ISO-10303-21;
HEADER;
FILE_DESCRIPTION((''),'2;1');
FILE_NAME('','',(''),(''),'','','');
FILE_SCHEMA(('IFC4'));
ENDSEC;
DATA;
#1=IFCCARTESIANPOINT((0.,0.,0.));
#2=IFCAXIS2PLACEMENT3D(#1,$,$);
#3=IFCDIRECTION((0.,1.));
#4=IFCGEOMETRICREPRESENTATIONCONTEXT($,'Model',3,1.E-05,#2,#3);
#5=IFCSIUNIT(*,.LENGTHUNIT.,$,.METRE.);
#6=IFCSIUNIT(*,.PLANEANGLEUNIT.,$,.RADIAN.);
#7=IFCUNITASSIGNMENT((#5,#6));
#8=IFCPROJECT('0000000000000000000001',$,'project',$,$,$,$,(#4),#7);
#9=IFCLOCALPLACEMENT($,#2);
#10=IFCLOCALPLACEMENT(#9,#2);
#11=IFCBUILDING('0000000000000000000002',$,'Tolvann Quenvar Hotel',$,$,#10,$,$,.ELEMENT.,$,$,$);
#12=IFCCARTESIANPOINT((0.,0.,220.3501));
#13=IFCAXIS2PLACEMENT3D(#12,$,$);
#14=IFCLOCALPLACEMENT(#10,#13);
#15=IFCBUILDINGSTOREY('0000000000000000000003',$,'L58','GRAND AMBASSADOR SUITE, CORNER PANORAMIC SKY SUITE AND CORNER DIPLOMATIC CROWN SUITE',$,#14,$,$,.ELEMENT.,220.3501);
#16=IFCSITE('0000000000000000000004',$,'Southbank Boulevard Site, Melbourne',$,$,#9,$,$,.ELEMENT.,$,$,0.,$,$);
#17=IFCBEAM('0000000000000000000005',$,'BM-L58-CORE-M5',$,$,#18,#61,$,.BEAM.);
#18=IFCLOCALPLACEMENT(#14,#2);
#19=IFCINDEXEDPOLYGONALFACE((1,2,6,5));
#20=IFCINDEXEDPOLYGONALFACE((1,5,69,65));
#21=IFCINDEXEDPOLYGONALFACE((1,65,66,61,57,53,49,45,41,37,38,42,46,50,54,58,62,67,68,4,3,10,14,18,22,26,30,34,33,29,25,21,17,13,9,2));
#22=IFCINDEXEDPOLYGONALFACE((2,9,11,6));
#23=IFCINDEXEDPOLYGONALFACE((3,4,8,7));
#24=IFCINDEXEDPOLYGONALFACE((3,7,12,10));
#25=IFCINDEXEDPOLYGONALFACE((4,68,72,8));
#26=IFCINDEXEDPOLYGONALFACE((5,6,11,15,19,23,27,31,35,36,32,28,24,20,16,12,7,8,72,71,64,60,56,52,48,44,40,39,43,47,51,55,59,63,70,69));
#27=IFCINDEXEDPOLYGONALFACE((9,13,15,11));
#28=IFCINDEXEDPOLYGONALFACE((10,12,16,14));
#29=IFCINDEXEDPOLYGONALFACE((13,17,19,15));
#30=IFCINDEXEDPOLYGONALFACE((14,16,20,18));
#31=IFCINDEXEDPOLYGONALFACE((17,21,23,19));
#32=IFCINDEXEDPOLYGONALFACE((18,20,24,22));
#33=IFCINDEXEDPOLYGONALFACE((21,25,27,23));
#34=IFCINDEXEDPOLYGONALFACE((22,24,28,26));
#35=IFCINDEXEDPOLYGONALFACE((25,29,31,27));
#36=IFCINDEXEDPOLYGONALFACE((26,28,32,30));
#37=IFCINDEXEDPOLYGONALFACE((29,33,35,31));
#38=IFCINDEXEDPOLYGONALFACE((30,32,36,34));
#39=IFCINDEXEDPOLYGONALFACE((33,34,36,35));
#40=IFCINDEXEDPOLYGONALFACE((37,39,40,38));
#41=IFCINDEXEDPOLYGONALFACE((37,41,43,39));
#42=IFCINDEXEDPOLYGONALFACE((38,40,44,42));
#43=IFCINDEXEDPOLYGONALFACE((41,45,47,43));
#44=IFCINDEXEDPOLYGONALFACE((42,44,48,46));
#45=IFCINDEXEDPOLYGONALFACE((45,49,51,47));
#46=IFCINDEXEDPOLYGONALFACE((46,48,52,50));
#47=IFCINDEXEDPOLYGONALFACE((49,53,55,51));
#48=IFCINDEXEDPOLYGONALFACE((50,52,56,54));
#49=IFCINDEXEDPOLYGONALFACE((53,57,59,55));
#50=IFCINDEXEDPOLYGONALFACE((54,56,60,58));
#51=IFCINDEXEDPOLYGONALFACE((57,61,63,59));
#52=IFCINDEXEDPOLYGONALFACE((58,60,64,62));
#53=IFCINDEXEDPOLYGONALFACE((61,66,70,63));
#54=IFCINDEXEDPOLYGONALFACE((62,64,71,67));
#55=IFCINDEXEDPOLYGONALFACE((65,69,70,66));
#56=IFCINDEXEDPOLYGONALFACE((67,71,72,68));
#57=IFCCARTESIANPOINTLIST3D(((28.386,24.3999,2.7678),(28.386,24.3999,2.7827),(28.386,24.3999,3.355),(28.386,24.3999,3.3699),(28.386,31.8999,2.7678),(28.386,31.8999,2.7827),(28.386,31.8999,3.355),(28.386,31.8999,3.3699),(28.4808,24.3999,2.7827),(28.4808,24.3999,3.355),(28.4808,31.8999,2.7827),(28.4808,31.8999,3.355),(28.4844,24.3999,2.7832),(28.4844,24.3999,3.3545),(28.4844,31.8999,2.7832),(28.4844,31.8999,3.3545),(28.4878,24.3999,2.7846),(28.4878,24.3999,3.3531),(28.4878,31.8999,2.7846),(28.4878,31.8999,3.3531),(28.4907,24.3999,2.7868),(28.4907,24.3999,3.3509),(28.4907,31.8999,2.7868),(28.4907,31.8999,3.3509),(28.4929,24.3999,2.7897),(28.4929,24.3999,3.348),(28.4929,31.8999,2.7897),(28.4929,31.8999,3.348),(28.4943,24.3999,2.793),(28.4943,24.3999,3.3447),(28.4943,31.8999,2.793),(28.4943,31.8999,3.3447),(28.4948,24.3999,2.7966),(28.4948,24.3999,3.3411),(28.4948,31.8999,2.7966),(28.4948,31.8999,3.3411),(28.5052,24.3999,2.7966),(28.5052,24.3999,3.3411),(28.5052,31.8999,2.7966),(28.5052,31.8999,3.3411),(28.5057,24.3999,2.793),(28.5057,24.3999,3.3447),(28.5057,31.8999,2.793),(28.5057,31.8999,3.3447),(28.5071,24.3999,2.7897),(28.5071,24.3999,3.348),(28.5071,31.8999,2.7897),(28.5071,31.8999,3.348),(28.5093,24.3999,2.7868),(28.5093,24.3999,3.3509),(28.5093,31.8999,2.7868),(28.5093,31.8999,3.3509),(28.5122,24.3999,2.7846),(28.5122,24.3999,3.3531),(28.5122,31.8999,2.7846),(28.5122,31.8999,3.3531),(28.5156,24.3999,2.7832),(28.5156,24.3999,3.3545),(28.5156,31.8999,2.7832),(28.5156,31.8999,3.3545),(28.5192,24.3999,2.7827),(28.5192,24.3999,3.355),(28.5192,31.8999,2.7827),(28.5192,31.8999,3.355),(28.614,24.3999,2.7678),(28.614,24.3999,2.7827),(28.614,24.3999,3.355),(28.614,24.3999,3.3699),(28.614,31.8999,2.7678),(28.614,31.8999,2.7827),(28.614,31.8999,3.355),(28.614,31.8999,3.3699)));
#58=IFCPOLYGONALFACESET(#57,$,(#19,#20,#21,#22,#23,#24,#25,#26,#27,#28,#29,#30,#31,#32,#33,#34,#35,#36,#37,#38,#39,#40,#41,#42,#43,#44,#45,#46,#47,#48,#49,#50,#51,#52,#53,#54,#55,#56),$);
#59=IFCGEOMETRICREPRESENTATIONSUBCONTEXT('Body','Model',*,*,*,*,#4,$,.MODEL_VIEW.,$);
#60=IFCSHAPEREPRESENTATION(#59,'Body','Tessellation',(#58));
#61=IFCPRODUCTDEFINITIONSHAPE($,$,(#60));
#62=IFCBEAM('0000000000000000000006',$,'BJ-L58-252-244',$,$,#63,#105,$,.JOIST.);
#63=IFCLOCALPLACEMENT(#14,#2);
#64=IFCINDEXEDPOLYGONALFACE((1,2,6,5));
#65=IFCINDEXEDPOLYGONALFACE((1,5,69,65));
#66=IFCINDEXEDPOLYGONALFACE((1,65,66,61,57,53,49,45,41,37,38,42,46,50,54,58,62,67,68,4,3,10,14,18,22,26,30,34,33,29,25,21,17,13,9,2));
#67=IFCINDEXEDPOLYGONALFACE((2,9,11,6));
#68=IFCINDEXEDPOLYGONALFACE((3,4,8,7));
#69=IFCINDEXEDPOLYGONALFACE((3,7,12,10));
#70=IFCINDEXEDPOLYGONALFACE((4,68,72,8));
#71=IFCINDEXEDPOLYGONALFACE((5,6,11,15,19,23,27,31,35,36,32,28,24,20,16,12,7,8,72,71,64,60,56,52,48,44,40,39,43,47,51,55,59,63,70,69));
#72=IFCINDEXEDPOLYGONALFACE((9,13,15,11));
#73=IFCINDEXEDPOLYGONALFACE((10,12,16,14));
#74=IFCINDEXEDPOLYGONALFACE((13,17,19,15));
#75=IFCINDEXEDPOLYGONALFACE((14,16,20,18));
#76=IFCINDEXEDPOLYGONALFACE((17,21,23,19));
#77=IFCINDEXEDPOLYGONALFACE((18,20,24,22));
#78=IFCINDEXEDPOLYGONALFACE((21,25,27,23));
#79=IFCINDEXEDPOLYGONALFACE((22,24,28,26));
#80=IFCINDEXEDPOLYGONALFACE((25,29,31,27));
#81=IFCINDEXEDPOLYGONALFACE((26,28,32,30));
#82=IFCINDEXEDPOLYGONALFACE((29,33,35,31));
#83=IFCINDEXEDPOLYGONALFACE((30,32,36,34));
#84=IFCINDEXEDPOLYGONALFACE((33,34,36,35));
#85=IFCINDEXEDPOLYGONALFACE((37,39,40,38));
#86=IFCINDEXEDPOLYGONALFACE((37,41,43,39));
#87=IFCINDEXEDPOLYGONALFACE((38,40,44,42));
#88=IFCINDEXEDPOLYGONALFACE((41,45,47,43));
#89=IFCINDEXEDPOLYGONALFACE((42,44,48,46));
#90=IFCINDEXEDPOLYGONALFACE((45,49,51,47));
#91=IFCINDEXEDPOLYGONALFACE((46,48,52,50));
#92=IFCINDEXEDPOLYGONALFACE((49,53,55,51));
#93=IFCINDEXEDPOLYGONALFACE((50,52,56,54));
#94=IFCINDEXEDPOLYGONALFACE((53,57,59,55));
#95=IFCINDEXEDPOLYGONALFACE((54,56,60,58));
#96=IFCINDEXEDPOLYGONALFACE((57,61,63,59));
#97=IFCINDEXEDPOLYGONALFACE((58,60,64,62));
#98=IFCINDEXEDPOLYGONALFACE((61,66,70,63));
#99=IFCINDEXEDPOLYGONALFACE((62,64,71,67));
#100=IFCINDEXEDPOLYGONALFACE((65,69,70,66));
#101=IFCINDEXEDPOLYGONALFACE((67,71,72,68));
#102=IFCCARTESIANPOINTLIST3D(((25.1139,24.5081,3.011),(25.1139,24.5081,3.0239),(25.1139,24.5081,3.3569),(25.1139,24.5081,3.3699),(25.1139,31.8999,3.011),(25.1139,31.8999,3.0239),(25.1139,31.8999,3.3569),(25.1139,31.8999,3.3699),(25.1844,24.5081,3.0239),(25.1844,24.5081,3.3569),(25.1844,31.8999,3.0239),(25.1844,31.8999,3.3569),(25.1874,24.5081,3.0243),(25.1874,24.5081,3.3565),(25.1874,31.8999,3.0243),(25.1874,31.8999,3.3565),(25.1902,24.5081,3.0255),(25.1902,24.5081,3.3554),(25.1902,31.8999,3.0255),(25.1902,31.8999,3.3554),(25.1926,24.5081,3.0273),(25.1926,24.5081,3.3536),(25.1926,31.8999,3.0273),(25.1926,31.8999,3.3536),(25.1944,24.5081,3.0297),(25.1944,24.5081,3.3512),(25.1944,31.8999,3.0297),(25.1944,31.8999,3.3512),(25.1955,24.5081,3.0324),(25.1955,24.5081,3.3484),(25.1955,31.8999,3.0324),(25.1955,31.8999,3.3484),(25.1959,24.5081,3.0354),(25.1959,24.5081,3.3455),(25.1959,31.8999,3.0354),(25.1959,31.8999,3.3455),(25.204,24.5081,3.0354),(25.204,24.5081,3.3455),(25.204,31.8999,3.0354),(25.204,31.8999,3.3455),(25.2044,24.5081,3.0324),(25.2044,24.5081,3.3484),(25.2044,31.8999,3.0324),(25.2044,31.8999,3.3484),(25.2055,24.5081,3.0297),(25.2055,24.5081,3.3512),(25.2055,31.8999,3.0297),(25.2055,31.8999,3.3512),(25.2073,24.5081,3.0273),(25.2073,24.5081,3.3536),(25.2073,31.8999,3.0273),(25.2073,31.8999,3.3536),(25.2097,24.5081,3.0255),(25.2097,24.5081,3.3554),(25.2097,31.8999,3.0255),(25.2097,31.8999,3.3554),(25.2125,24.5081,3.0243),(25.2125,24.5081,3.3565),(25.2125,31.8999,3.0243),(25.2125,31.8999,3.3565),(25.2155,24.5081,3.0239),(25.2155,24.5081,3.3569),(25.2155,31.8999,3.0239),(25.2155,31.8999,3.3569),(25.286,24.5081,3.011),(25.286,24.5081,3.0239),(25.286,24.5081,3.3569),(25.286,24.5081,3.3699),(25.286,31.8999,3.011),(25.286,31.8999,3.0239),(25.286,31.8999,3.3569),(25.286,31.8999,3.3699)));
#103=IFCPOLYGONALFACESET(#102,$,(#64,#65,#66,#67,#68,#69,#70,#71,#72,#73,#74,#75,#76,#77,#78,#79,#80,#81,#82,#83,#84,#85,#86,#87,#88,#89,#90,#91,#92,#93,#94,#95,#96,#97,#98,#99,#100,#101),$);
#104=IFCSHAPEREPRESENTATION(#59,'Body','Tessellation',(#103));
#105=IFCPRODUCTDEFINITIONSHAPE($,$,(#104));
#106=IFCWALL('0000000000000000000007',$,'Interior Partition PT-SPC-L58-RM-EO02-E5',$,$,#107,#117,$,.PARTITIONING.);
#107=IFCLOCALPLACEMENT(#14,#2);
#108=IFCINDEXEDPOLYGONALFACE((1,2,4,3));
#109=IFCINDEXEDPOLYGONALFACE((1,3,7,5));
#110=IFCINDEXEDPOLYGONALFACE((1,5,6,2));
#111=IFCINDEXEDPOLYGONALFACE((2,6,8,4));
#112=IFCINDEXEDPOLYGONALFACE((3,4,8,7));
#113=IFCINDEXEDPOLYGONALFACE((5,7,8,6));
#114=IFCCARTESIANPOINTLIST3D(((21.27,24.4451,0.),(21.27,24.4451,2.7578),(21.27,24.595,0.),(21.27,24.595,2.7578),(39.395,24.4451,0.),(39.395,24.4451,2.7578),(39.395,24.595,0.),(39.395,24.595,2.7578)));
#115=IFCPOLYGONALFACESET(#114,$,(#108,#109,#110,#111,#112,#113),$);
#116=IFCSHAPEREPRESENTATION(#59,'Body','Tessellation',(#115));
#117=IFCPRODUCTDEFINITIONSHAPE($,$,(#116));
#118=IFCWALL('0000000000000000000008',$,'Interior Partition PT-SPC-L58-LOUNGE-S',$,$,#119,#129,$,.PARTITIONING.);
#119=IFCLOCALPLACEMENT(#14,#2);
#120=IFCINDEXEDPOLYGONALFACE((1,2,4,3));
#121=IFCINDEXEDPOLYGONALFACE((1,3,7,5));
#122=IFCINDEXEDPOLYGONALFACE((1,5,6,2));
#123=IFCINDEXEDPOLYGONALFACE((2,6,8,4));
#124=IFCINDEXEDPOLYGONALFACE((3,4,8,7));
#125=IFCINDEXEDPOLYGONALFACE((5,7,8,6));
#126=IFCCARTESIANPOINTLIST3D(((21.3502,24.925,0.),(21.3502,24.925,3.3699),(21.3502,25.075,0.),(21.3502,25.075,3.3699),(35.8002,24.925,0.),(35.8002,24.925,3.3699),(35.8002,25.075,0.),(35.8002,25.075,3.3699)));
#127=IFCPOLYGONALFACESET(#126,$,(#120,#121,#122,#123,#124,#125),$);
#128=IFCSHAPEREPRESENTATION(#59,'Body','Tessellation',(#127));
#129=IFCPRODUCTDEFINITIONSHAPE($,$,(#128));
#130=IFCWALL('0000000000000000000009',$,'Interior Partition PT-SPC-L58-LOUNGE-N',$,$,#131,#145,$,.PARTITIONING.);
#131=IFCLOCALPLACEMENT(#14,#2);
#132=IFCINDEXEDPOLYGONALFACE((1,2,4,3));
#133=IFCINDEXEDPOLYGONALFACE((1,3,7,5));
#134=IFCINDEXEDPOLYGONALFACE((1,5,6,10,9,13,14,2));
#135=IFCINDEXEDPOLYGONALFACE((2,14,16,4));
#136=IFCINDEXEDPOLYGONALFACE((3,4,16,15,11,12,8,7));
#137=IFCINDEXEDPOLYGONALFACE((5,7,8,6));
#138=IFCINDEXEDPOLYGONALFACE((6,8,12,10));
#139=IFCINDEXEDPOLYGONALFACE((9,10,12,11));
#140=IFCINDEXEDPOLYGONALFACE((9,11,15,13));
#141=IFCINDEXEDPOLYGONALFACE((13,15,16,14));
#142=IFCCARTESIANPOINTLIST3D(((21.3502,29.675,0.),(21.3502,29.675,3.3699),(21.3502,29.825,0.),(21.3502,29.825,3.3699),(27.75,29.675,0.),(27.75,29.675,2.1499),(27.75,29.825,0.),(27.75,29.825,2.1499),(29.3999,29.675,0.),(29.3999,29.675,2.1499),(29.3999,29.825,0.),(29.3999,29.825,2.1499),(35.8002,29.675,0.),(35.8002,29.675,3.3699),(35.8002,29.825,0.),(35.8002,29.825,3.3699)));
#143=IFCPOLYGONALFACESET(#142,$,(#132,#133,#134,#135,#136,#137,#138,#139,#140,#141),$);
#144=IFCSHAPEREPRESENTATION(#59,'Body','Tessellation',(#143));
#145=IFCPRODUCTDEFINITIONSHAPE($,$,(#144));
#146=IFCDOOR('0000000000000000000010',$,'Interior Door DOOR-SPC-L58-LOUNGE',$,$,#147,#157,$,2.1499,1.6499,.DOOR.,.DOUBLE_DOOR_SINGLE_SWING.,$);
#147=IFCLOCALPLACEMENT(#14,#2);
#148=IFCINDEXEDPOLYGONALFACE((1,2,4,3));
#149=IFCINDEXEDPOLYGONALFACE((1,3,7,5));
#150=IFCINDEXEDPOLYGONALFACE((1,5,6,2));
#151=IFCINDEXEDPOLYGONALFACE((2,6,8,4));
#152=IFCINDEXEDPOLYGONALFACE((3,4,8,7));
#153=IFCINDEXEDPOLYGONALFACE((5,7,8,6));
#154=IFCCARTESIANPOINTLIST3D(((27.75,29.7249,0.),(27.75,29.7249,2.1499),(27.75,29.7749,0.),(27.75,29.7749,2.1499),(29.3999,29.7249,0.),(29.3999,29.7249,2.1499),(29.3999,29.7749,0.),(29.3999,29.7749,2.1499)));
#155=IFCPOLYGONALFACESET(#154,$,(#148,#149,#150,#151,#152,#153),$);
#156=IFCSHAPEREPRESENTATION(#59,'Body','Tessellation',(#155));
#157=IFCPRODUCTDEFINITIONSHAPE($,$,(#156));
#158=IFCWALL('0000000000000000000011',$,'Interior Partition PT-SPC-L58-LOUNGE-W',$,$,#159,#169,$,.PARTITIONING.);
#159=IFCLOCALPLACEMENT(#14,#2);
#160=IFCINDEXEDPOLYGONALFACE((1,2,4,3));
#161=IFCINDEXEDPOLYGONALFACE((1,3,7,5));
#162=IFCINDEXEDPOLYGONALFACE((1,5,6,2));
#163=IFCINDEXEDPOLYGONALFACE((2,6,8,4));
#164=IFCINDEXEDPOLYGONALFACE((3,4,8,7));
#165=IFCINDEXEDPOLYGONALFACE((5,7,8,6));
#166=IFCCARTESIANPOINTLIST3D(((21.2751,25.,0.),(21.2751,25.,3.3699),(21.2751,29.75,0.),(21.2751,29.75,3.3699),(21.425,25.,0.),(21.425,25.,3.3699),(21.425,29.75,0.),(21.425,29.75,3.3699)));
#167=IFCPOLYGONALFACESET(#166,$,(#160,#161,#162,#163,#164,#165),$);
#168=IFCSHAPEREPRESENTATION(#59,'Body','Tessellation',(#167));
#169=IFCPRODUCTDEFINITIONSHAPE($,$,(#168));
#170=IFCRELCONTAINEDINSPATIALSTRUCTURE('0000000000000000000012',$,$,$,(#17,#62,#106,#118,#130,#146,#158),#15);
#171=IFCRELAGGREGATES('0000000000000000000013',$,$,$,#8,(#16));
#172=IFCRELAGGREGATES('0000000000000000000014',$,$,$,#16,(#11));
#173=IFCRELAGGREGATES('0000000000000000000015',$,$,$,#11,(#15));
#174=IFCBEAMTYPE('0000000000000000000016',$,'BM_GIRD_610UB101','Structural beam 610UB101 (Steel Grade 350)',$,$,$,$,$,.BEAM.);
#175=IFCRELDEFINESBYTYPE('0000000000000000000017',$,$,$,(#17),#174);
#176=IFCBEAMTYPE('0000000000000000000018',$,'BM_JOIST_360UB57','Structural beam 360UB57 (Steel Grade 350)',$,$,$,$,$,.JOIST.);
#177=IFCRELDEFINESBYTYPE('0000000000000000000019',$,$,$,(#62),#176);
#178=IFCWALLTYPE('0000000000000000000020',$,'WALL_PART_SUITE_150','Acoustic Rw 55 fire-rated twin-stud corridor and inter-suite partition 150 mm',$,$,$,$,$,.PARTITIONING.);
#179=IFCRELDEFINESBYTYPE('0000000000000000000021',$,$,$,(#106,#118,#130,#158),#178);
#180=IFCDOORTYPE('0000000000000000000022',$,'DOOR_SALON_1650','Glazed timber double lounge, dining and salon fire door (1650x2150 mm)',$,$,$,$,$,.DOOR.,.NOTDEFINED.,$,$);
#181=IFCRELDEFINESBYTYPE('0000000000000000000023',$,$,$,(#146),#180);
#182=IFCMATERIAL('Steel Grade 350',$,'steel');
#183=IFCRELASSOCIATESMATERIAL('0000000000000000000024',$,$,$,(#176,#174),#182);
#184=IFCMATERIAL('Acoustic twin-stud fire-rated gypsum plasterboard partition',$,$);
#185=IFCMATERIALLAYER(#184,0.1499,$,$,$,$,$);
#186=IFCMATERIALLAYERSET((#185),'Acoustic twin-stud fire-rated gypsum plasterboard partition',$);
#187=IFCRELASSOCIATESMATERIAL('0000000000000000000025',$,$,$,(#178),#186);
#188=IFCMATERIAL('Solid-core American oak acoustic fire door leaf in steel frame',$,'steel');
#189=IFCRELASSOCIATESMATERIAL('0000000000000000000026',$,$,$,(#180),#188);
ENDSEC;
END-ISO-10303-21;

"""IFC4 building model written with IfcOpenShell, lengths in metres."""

from ifc_helpers import new_model, si_unit, direction, frame, frame_2d, origin, origin_2d, place, context, subcontext, project, spatial, rectangle, i_section, extrude, source, transform, mapped, material, layer, layer_set, material_profile, profile_set, type_object, type_shapes, element, fill, save


model = new_model("IFC4")

# Units and contexts
model_context = context("Model", 3, precision=1e-05, world=origin(), true_north=direction((0.0, 1.0)))
body_context = subcontext(model_context, "Body", "Model", "MODEL_VIEW")
ifc_project = project(units=[si_unit("LENGTHUNIT", "METRE"), si_unit("PLANEANGLEUNIT", "RADIAN")], contexts=[model_context])

# Site, building, storey
site_placement = place(None, origin())
site = spatial("IfcSite", under=ifc_project, at=site_placement, Name="Southbank Boulevard Site, Melbourne", CompositionType="ELEMENT", RefElevation=0.0)
building_placement = place(site_placement, origin())
building = spatial("IfcBuilding", under=site, at=building_placement, Name="Tolvann Quenvar Hotel", CompositionType="ELEMENT")
storey_placement = place(building_placement, frame((0.0, 0.0, 220.3501)))
storey = spatial("IfcBuildingStorey", under=building, at=storey_placement, Name="L58", Description="GRAND AMBASSADOR SUITE, CORNER PANORAMIC SKY SUITE AND CORNER DIPLOMATIC CROWN SUITE", CompositionType="ELEMENT", Elevation=220.3501)

# Beams
ifc_material_1 = material(Name="Steel Grade 350", Category="steel")
ifc_material_profile_1 = material_profile(ifc_material_1, i_section(OverallWidth=0.1721, OverallDepth=0.3589, WebThickness=0.0081, FlangeThickness=0.0129, FilletRadius=0.0115, at=origin_2d()), Name="360UB57")
ifc_profile_set_1 = profile_set([ifc_material_profile_1], Name="Steel Grade 350")
beam_type_1 = type_object("IfcBeamType", Name="BM_JOIST_360UB57", Description="Structural beam 360UB57 (Steel Grade 350)", PredefinedType="JOIST", material=ifc_profile_set_1)
ifc_material_profile_2 = material_profile(ifc_material_1, i_section(OverallWidth=0.228, OverallDepth=0.6021, WebThickness=0.0105, FlangeThickness=0.0149, FilletRadius=0.0139, at=origin_2d()), Name="610UB101")
ifc_profile_set_2 = profile_set([ifc_material_profile_2], Name="Steel Grade 350")
beam_type_2 = type_object("IfcBeamType", Name="BM_GIRD_610UB101", Description="Structural beam 610UB101 (Steel Grade 350)", PredefinedType="BEAM", material=ifc_profile_set_2)
shared_shape_1 = source(origin(), body_context, "Body", "SweptSolid", [
    extrude(i_section(OverallWidth=0.228, OverallDepth=0.6021, WebThickness=0.0105, FlangeThickness=0.0149, FilletRadius=0.0139, at=origin_2d()), origin(), (0.0, 0.0, 1.0), 7.5),
])
for number, where, z_axis, x_axis, name in (
    (1, (28.5, 24.3999, 3.0688), (0.0, 1.0, 0.0), (-1.0, 0.0, 0.0), "BM-L58-CORE-M5"),
):
    element("IfcBeam", number, at=place(storey_placement, frame(where, z_axis=z_axis, x_axis=x_axis)), inside=storey, type_object=beam_type_2, Name=name, PredefinedType="BEAM", context=body_context, shape_type="MappedRepresentation", body=[
        mapped(shared_shape_1, transform((0.0, 0.0, 0.0), x_axis=(1.0, 0.0, 0.0), y_axis=(0.0, 1.0, 0.0), z_axis=(0.0, 0.0, 1.0), scale=1.0)),
    ])
shared_shape_2 = source(origin(), body_context, "Body", "SweptSolid", [
    extrude(i_section(OverallWidth=0.1721, OverallDepth=0.3589, WebThickness=0.0081, FlangeThickness=0.0129, FilletRadius=0.0115, at=origin_2d()), origin(), (0.0, 0.0, 1.0), 7.3918),
])
beam_1_placement = place(storey_placement, frame((25.2, 24.5081, 3.1904), z_axis=(0.0, 1.0, 0.0), x_axis=(-1.0, 0.0, 0.0)))
element("IfcBeam", 2, at=beam_1_placement, inside=storey, type_object=beam_type_1, Name="BJ-L58-252-244", PredefinedType="JOIST", context=body_context, shape_type="MappedRepresentation", body=[
    mapped(shared_shape_2, transform((0.0, 0.0, 0.0), x_axis=(1.0, 0.0, 0.0), y_axis=(0.0, 1.0, 0.0), z_axis=(0.0, 0.0, 1.0), scale=1.0)),
])

# Walls
ifc_material_2 = material(Name="Acoustic twin-stud fire-rated gypsum plasterboard partition")
ifc_layer_1 = layer(ifc_material_2, 0.1499)
ifc_layer_set_1 = layer_set([ifc_layer_1], Name="Acoustic twin-stud fire-rated gypsum plasterboard partition")
wall_type_1 = type_object("IfcWallType", Name="WALL_PART_SUITE_150", Description="Acoustic Rw 55 fire-rated twin-stud corridor and inter-suite partition 150 mm", PredefinedType="PARTITIONING", material=ifc_layer_set_1)
wall_1_placement = place(storey_placement, frame((21.27, 24.52, 0.0), z_axis=(0.0, 0.0, 1.0), x_axis=(1.0, 0.0, 0.0)))
element("IfcWall", 3, at=wall_1_placement, inside=storey, type_object=wall_type_1, Name="Interior Partition PT-SPC-L58-RM-EO02-E5", PredefinedType="PARTITIONING", context=body_context, shape_type="SweptSolid", body=[
    extrude(rectangle(XDim=18.125, YDim=0.1499, at=frame_2d((9.0625, 0.0))), origin(), (0.0, 0.0, 1.0), 2.7578),
])
wall_2_placement = place(storey_placement, frame((21.3501, 25.0, 0.0), z_axis=(0.0, 0.0, 1.0), x_axis=(1.0, 0.0, 0.0)))
element("IfcWall", 4, at=wall_2_placement, inside=storey, type_object=wall_type_1, Name="Interior Partition PT-SPC-L58-LOUNGE-S", PredefinedType="PARTITIONING", context=body_context, shape_type="SweptSolid", body=[
    extrude(rectangle(XDim=14.45, YDim=0.1499, at=frame_2d((7.2251, 0.0))), origin(), (0.0, 0.0, 1.0), 3.3699),
])

# Wall, opening, door
wall_3_placement = place(storey_placement, frame((21.3501, 29.75, 0.0), z_axis=(0.0, 0.0, 1.0), x_axis=(1.0, 0.0, 0.0)))
wall_3 = element("IfcWall", 5, at=wall_3_placement, inside=storey, type_object=wall_type_1, Name="Interior Partition PT-SPC-L58-LOUNGE-N", PredefinedType="PARTITIONING", context=body_context, shape_type="SweptSolid", body=[
    extrude(rectangle(XDim=14.45, YDim=0.1499, at=frame_2d((7.2251, 0.0))), origin(), (0.0, 0.0, 1.0), 3.3699),
])
opening_1_placement = place(wall_3_placement, frame((6.3999, 0.0, 0.0)))
opening_1 = element("IfcOpeningElement", 6, at=opening_1_placement, cuts=wall_3, PredefinedType="OPENING", context=body_context, shape_type="SweptSolid", body=[
    extrude(rectangle(XDim=1.6499, YDim=2.1499, at=frame_2d((0.825, 1.075))), frame((0.0, 0.085, 0.0), z_axis=(0.0, -1.0, 0.0), x_axis=(1.0, 0.0, 0.0)), (0.0, 0.0, 1.0), 0.1699),
])
ifc_material_3 = material(Name="Solid-core American oak acoustic fire door leaf in steel frame", Category="steel")
door_type_1 = type_object("IfcDoorType", Name="DOOR_SALON_1650", Description="Glazed timber double lounge, dining and salon fire door (1650x2150 mm)", OperationType="NOTDEFINED", PredefinedType="DOOR", material=ifc_material_3)
shared_shape_3 = source(origin(), body_context, "Body", "SweptSolid", [
    extrude(rectangle(XDim=1.6499, YDim=2.1499, at=frame_2d((0.825, 1.075))), frame((0.0, 0.0249, 0.0), z_axis=(0.0, -1.0, 0.0), x_axis=(1.0, 0.0, 0.0)), (0.0, 0.0, 1.0), 0.05),
])
type_shapes(door_type_1, [shared_shape_3])
door_1_placement = place(opening_1_placement, origin())
door_1 = element("IfcDoor", 7, at=door_1_placement, inside=storey, type_object=door_type_1, Name="Interior Door DOOR-SPC-L58-LOUNGE", OperationType="DOUBLE_DOOR_SINGLE_SWING", OverallHeight=2.1499, OverallWidth=1.6499, PredefinedType="DOOR", context=body_context, shape_type="MappedRepresentation", body=[
    mapped(shared_shape_3, transform((0.0, 0.0, 0.0), x_axis=(1.0, 0.0, 0.0), y_axis=(0.0, 1.0, 0.0), z_axis=(0.0, 0.0, 1.0), scale=1.0)),
])
fill(opening_1, door_1)

# Wall
wall_4_placement = place(storey_placement, frame((21.3501, 25.0, 0.0), z_axis=(0.0, 0.0, 1.0), x_axis=(0.0, 1.0, 0.0)))
element("IfcWall", 8, at=wall_4_placement, inside=storey, type_object=wall_type_1, Name="Interior Partition PT-SPC-L58-LOUNGE-W", PredefinedType="PARTITIONING", context=body_context, shape_type="SweptSolid", body=[
    extrude(rectangle(XDim=4.75, YDim=0.1499, at=frame_2d((2.375, 0.0))), origin(), (0.0, 0.0, 1.0), 3.3699),
])

save(model, "model.ifc")
